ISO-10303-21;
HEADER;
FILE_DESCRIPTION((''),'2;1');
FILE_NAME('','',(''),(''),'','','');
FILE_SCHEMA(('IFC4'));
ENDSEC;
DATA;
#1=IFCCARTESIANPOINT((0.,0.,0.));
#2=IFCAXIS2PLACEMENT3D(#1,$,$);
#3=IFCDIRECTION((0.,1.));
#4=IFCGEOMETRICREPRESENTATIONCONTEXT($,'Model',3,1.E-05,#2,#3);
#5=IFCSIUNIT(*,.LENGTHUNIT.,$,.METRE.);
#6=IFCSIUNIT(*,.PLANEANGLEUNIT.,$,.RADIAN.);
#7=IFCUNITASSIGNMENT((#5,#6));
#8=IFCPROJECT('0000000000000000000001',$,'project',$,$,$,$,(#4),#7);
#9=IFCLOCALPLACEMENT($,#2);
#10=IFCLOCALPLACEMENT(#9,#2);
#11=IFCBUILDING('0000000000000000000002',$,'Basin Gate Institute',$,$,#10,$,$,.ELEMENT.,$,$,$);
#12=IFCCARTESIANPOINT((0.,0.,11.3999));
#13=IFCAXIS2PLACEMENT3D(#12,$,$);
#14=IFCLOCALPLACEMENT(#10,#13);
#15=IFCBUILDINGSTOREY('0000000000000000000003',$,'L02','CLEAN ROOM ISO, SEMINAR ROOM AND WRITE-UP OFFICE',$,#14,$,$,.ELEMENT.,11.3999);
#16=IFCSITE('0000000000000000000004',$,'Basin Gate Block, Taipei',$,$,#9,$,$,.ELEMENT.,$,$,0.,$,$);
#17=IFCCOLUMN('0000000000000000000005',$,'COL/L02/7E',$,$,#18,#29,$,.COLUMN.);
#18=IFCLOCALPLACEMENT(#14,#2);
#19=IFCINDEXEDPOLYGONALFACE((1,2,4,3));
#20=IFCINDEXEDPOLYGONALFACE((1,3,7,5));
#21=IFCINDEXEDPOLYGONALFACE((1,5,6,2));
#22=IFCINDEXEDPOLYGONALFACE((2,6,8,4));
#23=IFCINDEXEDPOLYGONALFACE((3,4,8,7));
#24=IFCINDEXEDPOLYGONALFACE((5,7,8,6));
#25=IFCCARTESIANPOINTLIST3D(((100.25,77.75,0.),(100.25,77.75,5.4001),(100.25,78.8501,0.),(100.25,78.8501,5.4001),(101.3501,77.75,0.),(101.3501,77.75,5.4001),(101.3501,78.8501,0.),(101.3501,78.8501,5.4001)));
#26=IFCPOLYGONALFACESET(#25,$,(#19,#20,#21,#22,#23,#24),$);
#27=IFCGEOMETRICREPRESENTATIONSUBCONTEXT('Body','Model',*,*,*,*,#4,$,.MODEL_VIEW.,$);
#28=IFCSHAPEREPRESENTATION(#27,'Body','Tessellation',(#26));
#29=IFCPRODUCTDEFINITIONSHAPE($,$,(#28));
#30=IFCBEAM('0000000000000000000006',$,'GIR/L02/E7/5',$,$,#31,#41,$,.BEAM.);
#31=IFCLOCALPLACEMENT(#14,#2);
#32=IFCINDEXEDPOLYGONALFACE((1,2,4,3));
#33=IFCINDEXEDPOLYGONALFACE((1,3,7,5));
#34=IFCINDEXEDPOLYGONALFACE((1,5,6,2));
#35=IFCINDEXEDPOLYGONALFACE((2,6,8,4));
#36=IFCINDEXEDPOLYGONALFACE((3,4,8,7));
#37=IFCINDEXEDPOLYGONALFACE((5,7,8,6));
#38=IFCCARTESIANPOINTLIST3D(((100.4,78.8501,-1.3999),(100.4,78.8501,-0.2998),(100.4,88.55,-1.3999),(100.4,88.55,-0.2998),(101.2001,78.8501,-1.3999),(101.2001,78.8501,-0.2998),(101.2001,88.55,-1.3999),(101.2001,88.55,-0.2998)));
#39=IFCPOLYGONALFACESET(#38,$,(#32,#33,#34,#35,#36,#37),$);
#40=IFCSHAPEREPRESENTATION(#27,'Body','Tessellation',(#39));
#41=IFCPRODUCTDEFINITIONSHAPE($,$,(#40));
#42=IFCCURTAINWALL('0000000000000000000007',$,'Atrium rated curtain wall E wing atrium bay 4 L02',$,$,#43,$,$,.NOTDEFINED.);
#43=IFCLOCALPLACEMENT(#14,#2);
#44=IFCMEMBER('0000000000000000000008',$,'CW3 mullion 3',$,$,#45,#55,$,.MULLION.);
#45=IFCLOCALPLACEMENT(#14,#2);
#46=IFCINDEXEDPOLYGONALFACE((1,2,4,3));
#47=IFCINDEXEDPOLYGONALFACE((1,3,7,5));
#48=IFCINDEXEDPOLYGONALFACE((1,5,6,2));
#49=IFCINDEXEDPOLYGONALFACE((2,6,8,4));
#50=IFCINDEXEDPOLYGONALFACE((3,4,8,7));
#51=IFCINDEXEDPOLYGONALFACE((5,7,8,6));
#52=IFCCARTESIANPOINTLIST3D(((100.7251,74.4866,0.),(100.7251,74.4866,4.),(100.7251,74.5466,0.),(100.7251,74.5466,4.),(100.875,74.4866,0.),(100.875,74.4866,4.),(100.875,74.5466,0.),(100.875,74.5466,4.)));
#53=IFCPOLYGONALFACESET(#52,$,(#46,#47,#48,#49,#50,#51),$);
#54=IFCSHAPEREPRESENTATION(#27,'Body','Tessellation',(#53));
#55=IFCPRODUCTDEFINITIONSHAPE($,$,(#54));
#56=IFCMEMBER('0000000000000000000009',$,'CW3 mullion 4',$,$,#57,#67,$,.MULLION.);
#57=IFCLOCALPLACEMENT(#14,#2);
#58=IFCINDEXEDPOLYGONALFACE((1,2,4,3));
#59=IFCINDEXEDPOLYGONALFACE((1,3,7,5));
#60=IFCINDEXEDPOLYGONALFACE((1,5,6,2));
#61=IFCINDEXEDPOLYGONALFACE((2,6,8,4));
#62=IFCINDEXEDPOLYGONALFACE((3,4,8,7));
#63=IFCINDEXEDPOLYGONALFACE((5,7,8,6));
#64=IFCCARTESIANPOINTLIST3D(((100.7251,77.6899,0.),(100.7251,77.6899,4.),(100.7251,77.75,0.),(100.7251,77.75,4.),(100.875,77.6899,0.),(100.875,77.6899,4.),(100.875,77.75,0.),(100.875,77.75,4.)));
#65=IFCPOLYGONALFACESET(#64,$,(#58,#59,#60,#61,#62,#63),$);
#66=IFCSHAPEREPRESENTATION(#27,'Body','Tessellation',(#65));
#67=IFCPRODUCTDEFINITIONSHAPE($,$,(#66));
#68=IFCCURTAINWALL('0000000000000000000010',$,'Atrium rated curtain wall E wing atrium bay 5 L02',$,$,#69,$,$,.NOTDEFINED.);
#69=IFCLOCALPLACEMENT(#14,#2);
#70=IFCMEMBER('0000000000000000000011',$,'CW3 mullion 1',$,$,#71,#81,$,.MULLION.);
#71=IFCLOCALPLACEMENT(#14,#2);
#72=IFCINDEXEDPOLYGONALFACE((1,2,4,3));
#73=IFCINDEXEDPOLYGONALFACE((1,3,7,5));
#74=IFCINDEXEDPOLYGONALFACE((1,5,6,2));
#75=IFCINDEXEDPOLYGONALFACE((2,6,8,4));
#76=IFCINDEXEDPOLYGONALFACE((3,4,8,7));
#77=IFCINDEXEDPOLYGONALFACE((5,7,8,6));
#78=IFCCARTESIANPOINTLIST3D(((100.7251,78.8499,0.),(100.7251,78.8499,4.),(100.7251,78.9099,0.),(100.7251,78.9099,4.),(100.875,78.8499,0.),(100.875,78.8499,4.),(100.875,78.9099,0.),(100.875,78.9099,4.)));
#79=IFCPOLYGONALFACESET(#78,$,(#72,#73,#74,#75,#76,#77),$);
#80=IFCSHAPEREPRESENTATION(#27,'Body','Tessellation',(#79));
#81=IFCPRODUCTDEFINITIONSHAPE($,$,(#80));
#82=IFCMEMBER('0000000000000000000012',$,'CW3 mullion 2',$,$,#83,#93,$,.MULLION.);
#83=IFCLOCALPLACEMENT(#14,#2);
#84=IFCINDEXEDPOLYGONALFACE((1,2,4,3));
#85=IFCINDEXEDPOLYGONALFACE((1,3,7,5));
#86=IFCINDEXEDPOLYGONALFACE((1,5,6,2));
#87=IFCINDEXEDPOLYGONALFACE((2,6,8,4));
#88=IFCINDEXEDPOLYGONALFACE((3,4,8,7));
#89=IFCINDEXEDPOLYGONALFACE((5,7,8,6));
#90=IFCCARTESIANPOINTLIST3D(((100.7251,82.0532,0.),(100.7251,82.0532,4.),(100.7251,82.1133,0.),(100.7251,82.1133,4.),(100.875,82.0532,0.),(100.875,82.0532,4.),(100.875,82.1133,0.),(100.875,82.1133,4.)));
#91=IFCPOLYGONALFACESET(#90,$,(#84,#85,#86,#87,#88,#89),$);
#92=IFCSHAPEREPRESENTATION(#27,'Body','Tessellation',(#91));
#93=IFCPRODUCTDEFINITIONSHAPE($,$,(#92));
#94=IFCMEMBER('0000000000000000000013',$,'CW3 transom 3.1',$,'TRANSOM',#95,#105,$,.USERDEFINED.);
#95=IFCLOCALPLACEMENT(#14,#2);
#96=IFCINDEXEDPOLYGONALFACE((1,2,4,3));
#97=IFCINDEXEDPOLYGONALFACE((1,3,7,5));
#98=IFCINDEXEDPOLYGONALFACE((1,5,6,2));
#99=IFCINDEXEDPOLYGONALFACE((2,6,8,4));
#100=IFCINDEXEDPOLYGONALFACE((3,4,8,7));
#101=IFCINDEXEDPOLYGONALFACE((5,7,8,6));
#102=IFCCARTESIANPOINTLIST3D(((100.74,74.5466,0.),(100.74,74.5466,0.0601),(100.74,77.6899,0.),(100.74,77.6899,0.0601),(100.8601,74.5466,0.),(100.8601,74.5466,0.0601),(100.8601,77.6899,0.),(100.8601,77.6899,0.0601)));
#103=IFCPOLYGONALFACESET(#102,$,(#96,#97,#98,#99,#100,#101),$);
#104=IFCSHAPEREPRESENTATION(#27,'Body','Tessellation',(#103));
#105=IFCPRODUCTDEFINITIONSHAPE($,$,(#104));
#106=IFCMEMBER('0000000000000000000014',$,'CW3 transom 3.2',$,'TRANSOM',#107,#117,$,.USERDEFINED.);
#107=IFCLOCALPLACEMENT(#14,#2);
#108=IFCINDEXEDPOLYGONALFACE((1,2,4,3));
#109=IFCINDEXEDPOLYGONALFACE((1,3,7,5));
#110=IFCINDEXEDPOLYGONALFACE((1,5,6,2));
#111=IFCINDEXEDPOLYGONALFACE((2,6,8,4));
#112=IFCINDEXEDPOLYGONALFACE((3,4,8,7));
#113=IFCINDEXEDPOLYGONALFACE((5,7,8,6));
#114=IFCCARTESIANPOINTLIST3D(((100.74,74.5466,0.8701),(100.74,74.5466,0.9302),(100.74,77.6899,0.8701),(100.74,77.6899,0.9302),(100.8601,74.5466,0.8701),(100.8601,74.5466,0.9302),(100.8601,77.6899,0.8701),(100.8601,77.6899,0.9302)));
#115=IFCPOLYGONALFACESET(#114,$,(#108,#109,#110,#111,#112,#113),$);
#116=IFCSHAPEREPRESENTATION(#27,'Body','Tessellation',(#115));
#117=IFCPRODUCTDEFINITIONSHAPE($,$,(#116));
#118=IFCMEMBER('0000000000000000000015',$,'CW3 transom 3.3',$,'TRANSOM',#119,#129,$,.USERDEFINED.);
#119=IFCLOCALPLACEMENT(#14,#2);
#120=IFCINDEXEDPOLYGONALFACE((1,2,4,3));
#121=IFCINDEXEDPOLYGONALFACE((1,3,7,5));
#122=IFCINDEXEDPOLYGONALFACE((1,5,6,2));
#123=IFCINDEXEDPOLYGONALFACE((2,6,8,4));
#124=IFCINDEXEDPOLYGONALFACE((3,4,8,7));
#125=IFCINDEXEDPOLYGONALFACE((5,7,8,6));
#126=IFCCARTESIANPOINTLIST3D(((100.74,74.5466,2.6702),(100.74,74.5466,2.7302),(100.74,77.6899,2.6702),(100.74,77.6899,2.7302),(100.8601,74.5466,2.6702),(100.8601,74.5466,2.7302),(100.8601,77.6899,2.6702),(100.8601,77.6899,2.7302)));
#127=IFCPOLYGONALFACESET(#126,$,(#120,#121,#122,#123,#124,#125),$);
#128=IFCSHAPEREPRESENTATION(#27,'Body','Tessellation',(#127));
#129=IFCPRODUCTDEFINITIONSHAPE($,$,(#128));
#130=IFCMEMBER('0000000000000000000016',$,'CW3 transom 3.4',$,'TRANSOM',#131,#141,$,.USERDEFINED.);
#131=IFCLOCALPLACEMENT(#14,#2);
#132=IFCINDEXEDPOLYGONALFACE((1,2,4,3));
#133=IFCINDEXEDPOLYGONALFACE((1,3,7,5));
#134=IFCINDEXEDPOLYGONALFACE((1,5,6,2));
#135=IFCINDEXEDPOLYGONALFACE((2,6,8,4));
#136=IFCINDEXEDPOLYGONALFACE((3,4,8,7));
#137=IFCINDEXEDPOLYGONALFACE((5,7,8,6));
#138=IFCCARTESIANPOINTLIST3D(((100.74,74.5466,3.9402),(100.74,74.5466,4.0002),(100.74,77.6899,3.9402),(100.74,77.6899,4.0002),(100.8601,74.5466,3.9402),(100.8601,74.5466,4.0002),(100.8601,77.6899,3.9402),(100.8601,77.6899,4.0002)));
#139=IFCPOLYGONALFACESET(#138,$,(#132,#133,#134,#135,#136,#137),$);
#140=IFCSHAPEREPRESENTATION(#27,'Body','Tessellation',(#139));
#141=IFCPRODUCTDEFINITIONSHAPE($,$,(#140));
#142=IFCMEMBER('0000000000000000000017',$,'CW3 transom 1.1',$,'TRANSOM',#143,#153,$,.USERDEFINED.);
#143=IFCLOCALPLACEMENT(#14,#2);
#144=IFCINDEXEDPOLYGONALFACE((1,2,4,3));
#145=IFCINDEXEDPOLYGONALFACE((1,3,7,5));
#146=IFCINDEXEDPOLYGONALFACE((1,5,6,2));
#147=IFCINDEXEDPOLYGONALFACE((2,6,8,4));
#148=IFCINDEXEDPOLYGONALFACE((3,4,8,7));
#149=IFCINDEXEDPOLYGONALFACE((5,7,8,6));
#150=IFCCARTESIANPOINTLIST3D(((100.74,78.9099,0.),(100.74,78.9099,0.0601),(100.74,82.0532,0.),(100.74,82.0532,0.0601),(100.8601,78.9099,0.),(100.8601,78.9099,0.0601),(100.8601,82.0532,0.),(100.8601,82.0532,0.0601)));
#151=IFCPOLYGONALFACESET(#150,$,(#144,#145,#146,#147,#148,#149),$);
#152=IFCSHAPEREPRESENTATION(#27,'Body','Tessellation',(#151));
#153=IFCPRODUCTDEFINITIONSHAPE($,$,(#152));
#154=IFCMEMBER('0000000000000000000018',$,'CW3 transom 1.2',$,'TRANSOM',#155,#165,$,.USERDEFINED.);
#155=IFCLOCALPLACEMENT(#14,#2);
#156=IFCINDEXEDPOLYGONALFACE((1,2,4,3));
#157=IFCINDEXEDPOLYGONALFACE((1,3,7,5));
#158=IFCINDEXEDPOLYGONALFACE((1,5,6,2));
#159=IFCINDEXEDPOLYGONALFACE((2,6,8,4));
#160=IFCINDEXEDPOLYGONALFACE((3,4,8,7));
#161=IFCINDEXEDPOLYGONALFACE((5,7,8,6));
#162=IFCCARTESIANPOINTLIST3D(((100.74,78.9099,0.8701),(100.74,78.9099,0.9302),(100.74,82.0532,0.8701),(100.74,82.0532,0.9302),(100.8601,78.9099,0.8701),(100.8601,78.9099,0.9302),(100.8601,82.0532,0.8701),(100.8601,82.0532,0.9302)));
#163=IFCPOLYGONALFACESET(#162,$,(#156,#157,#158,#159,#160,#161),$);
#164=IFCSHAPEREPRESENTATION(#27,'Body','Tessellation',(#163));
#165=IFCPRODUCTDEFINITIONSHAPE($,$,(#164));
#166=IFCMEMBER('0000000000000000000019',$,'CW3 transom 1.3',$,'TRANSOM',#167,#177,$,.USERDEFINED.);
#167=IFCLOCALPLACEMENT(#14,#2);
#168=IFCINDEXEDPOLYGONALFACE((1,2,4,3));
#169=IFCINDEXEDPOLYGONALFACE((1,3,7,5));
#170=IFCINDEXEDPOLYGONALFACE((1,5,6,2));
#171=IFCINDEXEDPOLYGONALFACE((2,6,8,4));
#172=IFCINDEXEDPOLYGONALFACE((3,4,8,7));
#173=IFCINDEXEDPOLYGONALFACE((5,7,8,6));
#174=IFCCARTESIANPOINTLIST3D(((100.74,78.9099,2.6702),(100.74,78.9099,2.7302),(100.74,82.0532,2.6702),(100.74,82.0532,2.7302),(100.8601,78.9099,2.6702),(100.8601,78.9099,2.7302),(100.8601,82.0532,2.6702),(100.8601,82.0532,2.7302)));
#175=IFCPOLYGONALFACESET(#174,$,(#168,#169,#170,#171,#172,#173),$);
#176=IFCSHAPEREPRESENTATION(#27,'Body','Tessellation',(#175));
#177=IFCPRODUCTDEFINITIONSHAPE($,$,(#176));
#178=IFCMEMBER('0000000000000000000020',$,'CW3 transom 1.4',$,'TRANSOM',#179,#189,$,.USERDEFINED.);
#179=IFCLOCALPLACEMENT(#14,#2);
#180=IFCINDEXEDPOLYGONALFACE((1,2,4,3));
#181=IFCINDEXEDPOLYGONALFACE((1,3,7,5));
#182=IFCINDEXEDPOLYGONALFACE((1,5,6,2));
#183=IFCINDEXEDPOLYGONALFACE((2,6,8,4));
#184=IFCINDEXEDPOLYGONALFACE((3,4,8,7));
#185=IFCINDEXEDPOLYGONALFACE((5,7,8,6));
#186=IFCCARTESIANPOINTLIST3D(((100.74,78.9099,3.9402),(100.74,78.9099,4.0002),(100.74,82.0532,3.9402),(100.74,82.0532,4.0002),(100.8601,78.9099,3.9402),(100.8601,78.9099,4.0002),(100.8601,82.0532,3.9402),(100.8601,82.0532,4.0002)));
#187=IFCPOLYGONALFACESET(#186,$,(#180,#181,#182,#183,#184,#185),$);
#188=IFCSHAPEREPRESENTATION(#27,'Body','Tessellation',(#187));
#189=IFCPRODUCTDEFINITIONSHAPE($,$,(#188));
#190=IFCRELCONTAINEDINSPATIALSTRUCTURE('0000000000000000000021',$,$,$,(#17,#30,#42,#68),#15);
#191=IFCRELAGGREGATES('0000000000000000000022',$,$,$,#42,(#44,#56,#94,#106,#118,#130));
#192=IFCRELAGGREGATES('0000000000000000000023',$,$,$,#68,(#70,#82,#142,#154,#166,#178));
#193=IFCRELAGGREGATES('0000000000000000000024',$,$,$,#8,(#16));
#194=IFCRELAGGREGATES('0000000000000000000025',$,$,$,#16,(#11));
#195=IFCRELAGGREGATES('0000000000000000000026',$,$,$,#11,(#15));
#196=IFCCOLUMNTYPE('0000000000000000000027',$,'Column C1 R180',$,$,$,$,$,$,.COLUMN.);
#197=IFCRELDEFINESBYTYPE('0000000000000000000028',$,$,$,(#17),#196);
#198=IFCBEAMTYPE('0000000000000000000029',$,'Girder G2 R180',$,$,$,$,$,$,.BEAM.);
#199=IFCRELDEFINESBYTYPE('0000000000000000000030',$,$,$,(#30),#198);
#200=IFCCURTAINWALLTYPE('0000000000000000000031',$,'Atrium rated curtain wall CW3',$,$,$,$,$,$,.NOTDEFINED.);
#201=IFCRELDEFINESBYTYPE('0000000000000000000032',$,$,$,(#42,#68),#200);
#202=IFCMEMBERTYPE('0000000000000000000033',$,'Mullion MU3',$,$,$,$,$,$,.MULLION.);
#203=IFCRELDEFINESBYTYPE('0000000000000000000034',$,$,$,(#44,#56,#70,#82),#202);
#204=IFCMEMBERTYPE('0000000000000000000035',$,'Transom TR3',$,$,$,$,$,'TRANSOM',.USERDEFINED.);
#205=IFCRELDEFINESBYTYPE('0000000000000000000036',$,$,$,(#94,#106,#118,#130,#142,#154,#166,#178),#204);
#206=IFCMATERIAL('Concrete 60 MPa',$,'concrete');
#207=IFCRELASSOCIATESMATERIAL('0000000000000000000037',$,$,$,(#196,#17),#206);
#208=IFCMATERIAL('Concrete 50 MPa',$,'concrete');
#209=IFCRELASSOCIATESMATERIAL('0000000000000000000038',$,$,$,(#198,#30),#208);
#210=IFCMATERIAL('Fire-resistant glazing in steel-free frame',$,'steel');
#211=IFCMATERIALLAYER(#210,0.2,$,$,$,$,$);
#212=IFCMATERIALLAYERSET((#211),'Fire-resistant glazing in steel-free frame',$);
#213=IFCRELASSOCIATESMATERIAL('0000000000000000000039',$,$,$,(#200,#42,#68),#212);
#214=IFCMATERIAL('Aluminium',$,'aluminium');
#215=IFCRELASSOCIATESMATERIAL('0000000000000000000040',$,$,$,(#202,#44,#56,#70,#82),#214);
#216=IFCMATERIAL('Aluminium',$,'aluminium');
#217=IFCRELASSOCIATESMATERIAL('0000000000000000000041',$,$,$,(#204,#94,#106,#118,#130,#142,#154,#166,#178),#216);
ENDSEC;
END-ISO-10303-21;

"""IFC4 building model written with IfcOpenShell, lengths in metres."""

from ifc_helpers import new_model, si_unit, direction, frame, origin, origin_2d, place, context, subcontext, project, spatial, rectangle, extrude, material, layer, layer_set, material_profile, profile_set, type_object, element, aggregate, save


model = new_model("IFC4")

# Units and contexts
model_context = context("Model", 3, precision=1e-05, world=origin(), true_north=direction((0.0, 1.0)))
body_context = subcontext(model_context, "Body", "Model", "MODEL_VIEW")
ifc_project = project(units=[si_unit("LENGTHUNIT", "METRE"), si_unit("PLANEANGLEUNIT", "RADIAN")], contexts=[model_context])

# Site, building, storey
site_placement = place(None, origin())
site = spatial("IfcSite", under=ifc_project, at=site_placement, Name="Basin Gate Block, Taipei", CompositionType="ELEMENT", RefElevation=0.0)
building_placement = place(site_placement, origin())
building = spatial("IfcBuilding", under=site, at=building_placement, Name="Basin Gate Institute", CompositionType="ELEMENT")
storey_placement = place(building_placement, frame((0.0, 0.0, 11.3999)))
storey = spatial("IfcBuildingStorey", under=building, at=storey_placement, Name="L02", Description="CLEAN ROOM ISO, SEMINAR ROOM AND WRITE-UP OFFICE", CompositionType="ELEMENT", Elevation=11.3999)

# Column
ifc_material_1 = material(Name="Concrete 60 MPa", Category="concrete")
ifc_material_profile_1 = material_profile(ifc_material_1, rectangle(XDim=1.1001, YDim=1.1001, at=origin_2d()), Name="Column C1 1100 x 1100")
ifc_profile_set_1 = profile_set([ifc_material_profile_1], Name="Concrete 60 MPa")
column_type = type_object("IfcColumnType", Name="Column C1 R180", PredefinedType="COLUMN", material=ifc_profile_set_1)
column_placement = place(storey_placement, frame((100.8, 78.3, 0.0), z_axis=(0.0, 0.0, 1.0), x_axis=(1.0, 0.0, 0.0)))
element("IfcColumn", 1, at=column_placement, inside=storey, type_object=column_type, material=ifc_profile_set_1, Name="COL/L02/7E", PredefinedType="COLUMN", context=body_context, shape_type="SweptSolid", body=[
    extrude(rectangle(XDim=1.1001, YDim=1.1001, at=origin_2d()), origin(), (0.0, 0.0, 1.0), 5.4001),
])

# Beam
ifc_material_2 = material(Name="Concrete 50 MPa", Category="concrete")
ifc_material_profile_2 = material_profile(ifc_material_2, rectangle(XDim=0.8, YDim=1.1001, at=origin_2d()), Name="Girder G2 800 x 1100")
ifc_profile_set_2 = profile_set([ifc_material_profile_2], Name="Concrete 50 MPa")
beam_type = type_object("IfcBeamType", Name="Girder G2 R180", PredefinedType="BEAM", material=ifc_profile_set_2)
beam_placement = place(storey_placement, frame((100.8, 78.8501, -0.8499), z_axis=(0.0, 1.0, 0.0), x_axis=(-1.0, 0.0, 0.0)))
element("IfcBeam", 2, at=beam_placement, inside=storey, type_object=beam_type, material=ifc_profile_set_2, Name="GIR/L02/E7/5", PredefinedType="BEAM", context=body_context, shape_type="SweptSolid", body=[
    extrude(rectangle(XDim=0.8, YDim=1.1001, at=origin_2d()), origin(), (0.0, 0.0, 1.0), 9.7),
])

# Curtain walls, members
ifc_material_3 = material(Name="Fire-resistant glazing in steel-free frame", Category="steel")
ifc_layer_1 = layer(ifc_material_3, 0.2)
ifc_layer_set_1 = layer_set([ifc_layer_1], Name="Fire-resistant glazing in steel-free frame")
curtain_wall_type = type_object("IfcCurtainWallType", Name="Atrium rated curtain wall CW3", PredefinedType="NOTDEFINED", material=ifc_layer_set_1)
curtain_wall_1_placement = place(storey_placement, origin())
curtain_wall_1 = element("IfcCurtainWall", 3, at=curtain_wall_1_placement, inside=storey, type_object=curtain_wall_type, material=ifc_layer_set_1, Name="Atrium rated curtain wall E wing atrium bay 4 L02", PredefinedType="NOTDEFINED")
ifc_material_4 = material(Name="Aluminium", Category="aluminium")
ifc_material_profile_3 = material_profile(ifc_material_4, rectangle(XDim=0.1499, YDim=0.0601, at=origin_2d()), Name="Mullion MU3 150 x 60")
ifc_profile_set_3 = profile_set([ifc_material_profile_3], Name="Aluminium")
member_type_1 = type_object("IfcMemberType", Name="Mullion MU3", PredefinedType="MULLION", material=ifc_profile_set_3)
member_1_placement = place(storey_placement, frame((100.8, 74.5166, 0.0), z_axis=(0.0, 0.0, 1.0), x_axis=(-1.0, 0.0, 0.0)))
member_1 = element("IfcMember", 4, at=member_1_placement, type_object=member_type_1, material=ifc_profile_set_3, Name="CW3 mullion 3", PredefinedType="MULLION", context=body_context, shape_type="SweptSolid", body=[
    extrude(rectangle(XDim=0.1499, YDim=0.0601, at=origin_2d()), origin(), (0.0, 0.0, 1.0), 4.0),
])
member_2_placement = place(storey_placement, frame((100.8, 77.72, 0.0), z_axis=(0.0, 0.0, 1.0), x_axis=(-1.0, 0.0, 0.0)))
member_2 = element("IfcMember", 5, at=member_2_placement, type_object=member_type_1, material=ifc_profile_set_3, Name="CW3 mullion 4", PredefinedType="MULLION", context=body_context, shape_type="SweptSolid", body=[
    extrude(rectangle(XDim=0.1499, YDim=0.0601, at=origin_2d()), origin(), (0.0, 0.0, 1.0), 4.0),
])
curtain_wall_2_placement = place(storey_placement, origin())
curtain_wall_2 = element("IfcCurtainWall", 6, at=curtain_wall_2_placement, inside=storey, type_object=curtain_wall_type, material=ifc_layer_set_1, Name="Atrium rated curtain wall E wing atrium bay 5 L02", PredefinedType="NOTDEFINED")
member_3_placement = place(storey_placement, frame((100.8, 78.8799, 0.0), z_axis=(0.0, 0.0, 1.0), x_axis=(-1.0, 0.0, 0.0)))
member_3 = element("IfcMember", 7, at=member_3_placement, type_object=member_type_1, material=ifc_profile_set_3, Name="CW3 mullion 1", PredefinedType="MULLION", context=body_context, shape_type="SweptSolid", body=[
    extrude(rectangle(XDim=0.1499, YDim=0.0601, at=origin_2d()), origin(), (0.0, 0.0, 1.0), 4.0),
])
member_4_placement = place(storey_placement, frame((100.8, 82.0833, 0.0), z_axis=(0.0, 0.0, 1.0), x_axis=(-1.0, 0.0, 0.0)))
member_4 = element("IfcMember", 8, at=member_4_placement, type_object=member_type_1, material=ifc_profile_set_3, Name="CW3 mullion 2", PredefinedType="MULLION", context=body_context, shape_type="SweptSolid", body=[
    extrude(rectangle(XDim=0.1499, YDim=0.0601, at=origin_2d()), origin(), (0.0, 0.0, 1.0), 4.0),
])

# Members
ifc_material_5 = material(Name="Aluminium", Category="aluminium")
ifc_material_profile_4 = material_profile(ifc_material_5, rectangle(XDim=0.1201, YDim=0.0601, at=origin_2d()), Name="Transom TR3 120 x 60")
ifc_profile_set_4 = profile_set([ifc_material_profile_4], Name="Aluminium")
member_type_2 = type_object("IfcMemberType", Name="Transom TR3", ElementType="TRANSOM", PredefinedType="USERDEFINED", material=ifc_profile_set_4)
member_5_placement = place(storey_placement, frame((100.8, 74.5466, 0.03), z_axis=(0.0, 1.0, 0.0), x_axis=(-1.0, 0.0, 0.0)))
member_5 = element("IfcMember", 9, at=member_5_placement, type_object=member_type_2, material=ifc_profile_set_4, Name="CW3 transom 3.1", ObjectType="TRANSOM", PredefinedType="USERDEFINED", context=body_context, shape_type="SweptSolid", body=[
    extrude(rectangle(XDim=0.1201, YDim=0.0601, at=origin_2d()), origin(), (0.0, 0.0, 1.0), 3.1433),
])
member_6_placement = place(storey_placement, frame((100.8, 74.5466, 0.9001), z_axis=(0.0, 1.0, 0.0), x_axis=(-1.0, 0.0, 0.0)))
member_6 = element("IfcMember", 10, at=member_6_placement, type_object=member_type_2, material=ifc_profile_set_4, Name="CW3 transom 3.2", ObjectType="TRANSOM", PredefinedType="USERDEFINED", context=body_context, shape_type="SweptSolid", body=[
    extrude(rectangle(XDim=0.1201, YDim=0.0601, at=origin_2d()), origin(), (0.0, 0.0, 1.0), 3.1433),
])
member_7_placement = place(storey_placement, frame((100.8, 74.5466, 2.7002), z_axis=(0.0, 1.0, 0.0), x_axis=(-1.0, 0.0, 0.0)))
member_7 = element("IfcMember", 11, at=member_7_placement, type_object=member_type_2, material=ifc_profile_set_4, Name="CW3 transom 3.3", ObjectType="TRANSOM", PredefinedType="USERDEFINED", context=body_context, shape_type="SweptSolid", body=[
    extrude(rectangle(XDim=0.1201, YDim=0.0601, at=origin_2d()), origin(), (0.0, 0.0, 1.0), 3.1433),
])
member_8_placement = place(storey_placement, frame((100.8, 74.5466, 3.9702), z_axis=(0.0, 1.0, 0.0), x_axis=(-1.0, 0.0, 0.0)))
member_8 = element("IfcMember", 12, at=member_8_placement, type_object=member_type_2, material=ifc_profile_set_4, Name="CW3 transom 3.4", ObjectType="TRANSOM", PredefinedType="USERDEFINED", context=body_context, shape_type="SweptSolid", body=[
    extrude(rectangle(XDim=0.1201, YDim=0.0601, at=origin_2d()), origin(), (0.0, 0.0, 1.0), 3.1433),
])
member_9_placement = place(storey_placement, frame((100.8, 78.9099, 0.03), z_axis=(0.0, 1.0, 0.0), x_axis=(-1.0, 0.0, 0.0)))
member_9 = element("IfcMember", 13, at=member_9_placement, type_object=member_type_2, material=ifc_profile_set_4, Name="CW3 transom 1.1", ObjectType="TRANSOM", PredefinedType="USERDEFINED", context=body_context, shape_type="SweptSolid", body=[
    extrude(rectangle(XDim=0.1201, YDim=0.0601, at=origin_2d()), origin(), (0.0, 0.0, 1.0), 3.1433),
])
member_10_placement = place(storey_placement, frame((100.8, 78.9099, 0.9001), z_axis=(0.0, 1.0, 0.0), x_axis=(-1.0, 0.0, 0.0)))
member_10 = element("IfcMember", 14, at=member_10_placement, type_object=member_type_2, material=ifc_profile_set_4, Name="CW3 transom 1.2", ObjectType="TRANSOM", PredefinedType="USERDEFINED", context=body_context, shape_type="SweptSolid", body=[
    extrude(rectangle(XDim=0.1201, YDim=0.0601, at=origin_2d()), origin(), (0.0, 0.0, 1.0), 3.1433),
])
member_11_placement = place(storey_placement, frame((100.8, 78.9099, 2.7002), z_axis=(0.0, 1.0, 0.0), x_axis=(-1.0, 0.0, 0.0)))
member_11 = element("IfcMember", 15, at=member_11_placement, type_object=member_type_2, material=ifc_profile_set_4, Name="CW3 transom 1.3", ObjectType="TRANSOM", PredefinedType="USERDEFINED", context=body_context, shape_type="SweptSolid", body=[
    extrude(rectangle(XDim=0.1201, YDim=0.0601, at=origin_2d()), origin(), (0.0, 0.0, 1.0), 3.1433),
])
member_12_placement = place(storey_placement, frame((100.8, 78.9099, 3.9702), z_axis=(0.0, 1.0, 0.0), x_axis=(-1.0, 0.0, 0.0)))
member_12 = element("IfcMember", 16, at=member_12_placement, type_object=member_type_2, material=ifc_profile_set_4, Name="CW3 transom 1.4", ObjectType="TRANSOM", PredefinedType="USERDEFINED", context=body_context, shape_type="SweptSolid", body=[
    extrude(rectangle(XDim=0.1201, YDim=0.0601, at=origin_2d()), origin(), (0.0, 0.0, 1.0), 3.1433),
])

aggregate(curtain_wall_1, [member_1, member_2, member_5, member_6, member_7, member_8])
aggregate(curtain_wall_2, [member_3, member_4, member_9, member_10, member_11, member_12])

save(model, "model.ifc")
